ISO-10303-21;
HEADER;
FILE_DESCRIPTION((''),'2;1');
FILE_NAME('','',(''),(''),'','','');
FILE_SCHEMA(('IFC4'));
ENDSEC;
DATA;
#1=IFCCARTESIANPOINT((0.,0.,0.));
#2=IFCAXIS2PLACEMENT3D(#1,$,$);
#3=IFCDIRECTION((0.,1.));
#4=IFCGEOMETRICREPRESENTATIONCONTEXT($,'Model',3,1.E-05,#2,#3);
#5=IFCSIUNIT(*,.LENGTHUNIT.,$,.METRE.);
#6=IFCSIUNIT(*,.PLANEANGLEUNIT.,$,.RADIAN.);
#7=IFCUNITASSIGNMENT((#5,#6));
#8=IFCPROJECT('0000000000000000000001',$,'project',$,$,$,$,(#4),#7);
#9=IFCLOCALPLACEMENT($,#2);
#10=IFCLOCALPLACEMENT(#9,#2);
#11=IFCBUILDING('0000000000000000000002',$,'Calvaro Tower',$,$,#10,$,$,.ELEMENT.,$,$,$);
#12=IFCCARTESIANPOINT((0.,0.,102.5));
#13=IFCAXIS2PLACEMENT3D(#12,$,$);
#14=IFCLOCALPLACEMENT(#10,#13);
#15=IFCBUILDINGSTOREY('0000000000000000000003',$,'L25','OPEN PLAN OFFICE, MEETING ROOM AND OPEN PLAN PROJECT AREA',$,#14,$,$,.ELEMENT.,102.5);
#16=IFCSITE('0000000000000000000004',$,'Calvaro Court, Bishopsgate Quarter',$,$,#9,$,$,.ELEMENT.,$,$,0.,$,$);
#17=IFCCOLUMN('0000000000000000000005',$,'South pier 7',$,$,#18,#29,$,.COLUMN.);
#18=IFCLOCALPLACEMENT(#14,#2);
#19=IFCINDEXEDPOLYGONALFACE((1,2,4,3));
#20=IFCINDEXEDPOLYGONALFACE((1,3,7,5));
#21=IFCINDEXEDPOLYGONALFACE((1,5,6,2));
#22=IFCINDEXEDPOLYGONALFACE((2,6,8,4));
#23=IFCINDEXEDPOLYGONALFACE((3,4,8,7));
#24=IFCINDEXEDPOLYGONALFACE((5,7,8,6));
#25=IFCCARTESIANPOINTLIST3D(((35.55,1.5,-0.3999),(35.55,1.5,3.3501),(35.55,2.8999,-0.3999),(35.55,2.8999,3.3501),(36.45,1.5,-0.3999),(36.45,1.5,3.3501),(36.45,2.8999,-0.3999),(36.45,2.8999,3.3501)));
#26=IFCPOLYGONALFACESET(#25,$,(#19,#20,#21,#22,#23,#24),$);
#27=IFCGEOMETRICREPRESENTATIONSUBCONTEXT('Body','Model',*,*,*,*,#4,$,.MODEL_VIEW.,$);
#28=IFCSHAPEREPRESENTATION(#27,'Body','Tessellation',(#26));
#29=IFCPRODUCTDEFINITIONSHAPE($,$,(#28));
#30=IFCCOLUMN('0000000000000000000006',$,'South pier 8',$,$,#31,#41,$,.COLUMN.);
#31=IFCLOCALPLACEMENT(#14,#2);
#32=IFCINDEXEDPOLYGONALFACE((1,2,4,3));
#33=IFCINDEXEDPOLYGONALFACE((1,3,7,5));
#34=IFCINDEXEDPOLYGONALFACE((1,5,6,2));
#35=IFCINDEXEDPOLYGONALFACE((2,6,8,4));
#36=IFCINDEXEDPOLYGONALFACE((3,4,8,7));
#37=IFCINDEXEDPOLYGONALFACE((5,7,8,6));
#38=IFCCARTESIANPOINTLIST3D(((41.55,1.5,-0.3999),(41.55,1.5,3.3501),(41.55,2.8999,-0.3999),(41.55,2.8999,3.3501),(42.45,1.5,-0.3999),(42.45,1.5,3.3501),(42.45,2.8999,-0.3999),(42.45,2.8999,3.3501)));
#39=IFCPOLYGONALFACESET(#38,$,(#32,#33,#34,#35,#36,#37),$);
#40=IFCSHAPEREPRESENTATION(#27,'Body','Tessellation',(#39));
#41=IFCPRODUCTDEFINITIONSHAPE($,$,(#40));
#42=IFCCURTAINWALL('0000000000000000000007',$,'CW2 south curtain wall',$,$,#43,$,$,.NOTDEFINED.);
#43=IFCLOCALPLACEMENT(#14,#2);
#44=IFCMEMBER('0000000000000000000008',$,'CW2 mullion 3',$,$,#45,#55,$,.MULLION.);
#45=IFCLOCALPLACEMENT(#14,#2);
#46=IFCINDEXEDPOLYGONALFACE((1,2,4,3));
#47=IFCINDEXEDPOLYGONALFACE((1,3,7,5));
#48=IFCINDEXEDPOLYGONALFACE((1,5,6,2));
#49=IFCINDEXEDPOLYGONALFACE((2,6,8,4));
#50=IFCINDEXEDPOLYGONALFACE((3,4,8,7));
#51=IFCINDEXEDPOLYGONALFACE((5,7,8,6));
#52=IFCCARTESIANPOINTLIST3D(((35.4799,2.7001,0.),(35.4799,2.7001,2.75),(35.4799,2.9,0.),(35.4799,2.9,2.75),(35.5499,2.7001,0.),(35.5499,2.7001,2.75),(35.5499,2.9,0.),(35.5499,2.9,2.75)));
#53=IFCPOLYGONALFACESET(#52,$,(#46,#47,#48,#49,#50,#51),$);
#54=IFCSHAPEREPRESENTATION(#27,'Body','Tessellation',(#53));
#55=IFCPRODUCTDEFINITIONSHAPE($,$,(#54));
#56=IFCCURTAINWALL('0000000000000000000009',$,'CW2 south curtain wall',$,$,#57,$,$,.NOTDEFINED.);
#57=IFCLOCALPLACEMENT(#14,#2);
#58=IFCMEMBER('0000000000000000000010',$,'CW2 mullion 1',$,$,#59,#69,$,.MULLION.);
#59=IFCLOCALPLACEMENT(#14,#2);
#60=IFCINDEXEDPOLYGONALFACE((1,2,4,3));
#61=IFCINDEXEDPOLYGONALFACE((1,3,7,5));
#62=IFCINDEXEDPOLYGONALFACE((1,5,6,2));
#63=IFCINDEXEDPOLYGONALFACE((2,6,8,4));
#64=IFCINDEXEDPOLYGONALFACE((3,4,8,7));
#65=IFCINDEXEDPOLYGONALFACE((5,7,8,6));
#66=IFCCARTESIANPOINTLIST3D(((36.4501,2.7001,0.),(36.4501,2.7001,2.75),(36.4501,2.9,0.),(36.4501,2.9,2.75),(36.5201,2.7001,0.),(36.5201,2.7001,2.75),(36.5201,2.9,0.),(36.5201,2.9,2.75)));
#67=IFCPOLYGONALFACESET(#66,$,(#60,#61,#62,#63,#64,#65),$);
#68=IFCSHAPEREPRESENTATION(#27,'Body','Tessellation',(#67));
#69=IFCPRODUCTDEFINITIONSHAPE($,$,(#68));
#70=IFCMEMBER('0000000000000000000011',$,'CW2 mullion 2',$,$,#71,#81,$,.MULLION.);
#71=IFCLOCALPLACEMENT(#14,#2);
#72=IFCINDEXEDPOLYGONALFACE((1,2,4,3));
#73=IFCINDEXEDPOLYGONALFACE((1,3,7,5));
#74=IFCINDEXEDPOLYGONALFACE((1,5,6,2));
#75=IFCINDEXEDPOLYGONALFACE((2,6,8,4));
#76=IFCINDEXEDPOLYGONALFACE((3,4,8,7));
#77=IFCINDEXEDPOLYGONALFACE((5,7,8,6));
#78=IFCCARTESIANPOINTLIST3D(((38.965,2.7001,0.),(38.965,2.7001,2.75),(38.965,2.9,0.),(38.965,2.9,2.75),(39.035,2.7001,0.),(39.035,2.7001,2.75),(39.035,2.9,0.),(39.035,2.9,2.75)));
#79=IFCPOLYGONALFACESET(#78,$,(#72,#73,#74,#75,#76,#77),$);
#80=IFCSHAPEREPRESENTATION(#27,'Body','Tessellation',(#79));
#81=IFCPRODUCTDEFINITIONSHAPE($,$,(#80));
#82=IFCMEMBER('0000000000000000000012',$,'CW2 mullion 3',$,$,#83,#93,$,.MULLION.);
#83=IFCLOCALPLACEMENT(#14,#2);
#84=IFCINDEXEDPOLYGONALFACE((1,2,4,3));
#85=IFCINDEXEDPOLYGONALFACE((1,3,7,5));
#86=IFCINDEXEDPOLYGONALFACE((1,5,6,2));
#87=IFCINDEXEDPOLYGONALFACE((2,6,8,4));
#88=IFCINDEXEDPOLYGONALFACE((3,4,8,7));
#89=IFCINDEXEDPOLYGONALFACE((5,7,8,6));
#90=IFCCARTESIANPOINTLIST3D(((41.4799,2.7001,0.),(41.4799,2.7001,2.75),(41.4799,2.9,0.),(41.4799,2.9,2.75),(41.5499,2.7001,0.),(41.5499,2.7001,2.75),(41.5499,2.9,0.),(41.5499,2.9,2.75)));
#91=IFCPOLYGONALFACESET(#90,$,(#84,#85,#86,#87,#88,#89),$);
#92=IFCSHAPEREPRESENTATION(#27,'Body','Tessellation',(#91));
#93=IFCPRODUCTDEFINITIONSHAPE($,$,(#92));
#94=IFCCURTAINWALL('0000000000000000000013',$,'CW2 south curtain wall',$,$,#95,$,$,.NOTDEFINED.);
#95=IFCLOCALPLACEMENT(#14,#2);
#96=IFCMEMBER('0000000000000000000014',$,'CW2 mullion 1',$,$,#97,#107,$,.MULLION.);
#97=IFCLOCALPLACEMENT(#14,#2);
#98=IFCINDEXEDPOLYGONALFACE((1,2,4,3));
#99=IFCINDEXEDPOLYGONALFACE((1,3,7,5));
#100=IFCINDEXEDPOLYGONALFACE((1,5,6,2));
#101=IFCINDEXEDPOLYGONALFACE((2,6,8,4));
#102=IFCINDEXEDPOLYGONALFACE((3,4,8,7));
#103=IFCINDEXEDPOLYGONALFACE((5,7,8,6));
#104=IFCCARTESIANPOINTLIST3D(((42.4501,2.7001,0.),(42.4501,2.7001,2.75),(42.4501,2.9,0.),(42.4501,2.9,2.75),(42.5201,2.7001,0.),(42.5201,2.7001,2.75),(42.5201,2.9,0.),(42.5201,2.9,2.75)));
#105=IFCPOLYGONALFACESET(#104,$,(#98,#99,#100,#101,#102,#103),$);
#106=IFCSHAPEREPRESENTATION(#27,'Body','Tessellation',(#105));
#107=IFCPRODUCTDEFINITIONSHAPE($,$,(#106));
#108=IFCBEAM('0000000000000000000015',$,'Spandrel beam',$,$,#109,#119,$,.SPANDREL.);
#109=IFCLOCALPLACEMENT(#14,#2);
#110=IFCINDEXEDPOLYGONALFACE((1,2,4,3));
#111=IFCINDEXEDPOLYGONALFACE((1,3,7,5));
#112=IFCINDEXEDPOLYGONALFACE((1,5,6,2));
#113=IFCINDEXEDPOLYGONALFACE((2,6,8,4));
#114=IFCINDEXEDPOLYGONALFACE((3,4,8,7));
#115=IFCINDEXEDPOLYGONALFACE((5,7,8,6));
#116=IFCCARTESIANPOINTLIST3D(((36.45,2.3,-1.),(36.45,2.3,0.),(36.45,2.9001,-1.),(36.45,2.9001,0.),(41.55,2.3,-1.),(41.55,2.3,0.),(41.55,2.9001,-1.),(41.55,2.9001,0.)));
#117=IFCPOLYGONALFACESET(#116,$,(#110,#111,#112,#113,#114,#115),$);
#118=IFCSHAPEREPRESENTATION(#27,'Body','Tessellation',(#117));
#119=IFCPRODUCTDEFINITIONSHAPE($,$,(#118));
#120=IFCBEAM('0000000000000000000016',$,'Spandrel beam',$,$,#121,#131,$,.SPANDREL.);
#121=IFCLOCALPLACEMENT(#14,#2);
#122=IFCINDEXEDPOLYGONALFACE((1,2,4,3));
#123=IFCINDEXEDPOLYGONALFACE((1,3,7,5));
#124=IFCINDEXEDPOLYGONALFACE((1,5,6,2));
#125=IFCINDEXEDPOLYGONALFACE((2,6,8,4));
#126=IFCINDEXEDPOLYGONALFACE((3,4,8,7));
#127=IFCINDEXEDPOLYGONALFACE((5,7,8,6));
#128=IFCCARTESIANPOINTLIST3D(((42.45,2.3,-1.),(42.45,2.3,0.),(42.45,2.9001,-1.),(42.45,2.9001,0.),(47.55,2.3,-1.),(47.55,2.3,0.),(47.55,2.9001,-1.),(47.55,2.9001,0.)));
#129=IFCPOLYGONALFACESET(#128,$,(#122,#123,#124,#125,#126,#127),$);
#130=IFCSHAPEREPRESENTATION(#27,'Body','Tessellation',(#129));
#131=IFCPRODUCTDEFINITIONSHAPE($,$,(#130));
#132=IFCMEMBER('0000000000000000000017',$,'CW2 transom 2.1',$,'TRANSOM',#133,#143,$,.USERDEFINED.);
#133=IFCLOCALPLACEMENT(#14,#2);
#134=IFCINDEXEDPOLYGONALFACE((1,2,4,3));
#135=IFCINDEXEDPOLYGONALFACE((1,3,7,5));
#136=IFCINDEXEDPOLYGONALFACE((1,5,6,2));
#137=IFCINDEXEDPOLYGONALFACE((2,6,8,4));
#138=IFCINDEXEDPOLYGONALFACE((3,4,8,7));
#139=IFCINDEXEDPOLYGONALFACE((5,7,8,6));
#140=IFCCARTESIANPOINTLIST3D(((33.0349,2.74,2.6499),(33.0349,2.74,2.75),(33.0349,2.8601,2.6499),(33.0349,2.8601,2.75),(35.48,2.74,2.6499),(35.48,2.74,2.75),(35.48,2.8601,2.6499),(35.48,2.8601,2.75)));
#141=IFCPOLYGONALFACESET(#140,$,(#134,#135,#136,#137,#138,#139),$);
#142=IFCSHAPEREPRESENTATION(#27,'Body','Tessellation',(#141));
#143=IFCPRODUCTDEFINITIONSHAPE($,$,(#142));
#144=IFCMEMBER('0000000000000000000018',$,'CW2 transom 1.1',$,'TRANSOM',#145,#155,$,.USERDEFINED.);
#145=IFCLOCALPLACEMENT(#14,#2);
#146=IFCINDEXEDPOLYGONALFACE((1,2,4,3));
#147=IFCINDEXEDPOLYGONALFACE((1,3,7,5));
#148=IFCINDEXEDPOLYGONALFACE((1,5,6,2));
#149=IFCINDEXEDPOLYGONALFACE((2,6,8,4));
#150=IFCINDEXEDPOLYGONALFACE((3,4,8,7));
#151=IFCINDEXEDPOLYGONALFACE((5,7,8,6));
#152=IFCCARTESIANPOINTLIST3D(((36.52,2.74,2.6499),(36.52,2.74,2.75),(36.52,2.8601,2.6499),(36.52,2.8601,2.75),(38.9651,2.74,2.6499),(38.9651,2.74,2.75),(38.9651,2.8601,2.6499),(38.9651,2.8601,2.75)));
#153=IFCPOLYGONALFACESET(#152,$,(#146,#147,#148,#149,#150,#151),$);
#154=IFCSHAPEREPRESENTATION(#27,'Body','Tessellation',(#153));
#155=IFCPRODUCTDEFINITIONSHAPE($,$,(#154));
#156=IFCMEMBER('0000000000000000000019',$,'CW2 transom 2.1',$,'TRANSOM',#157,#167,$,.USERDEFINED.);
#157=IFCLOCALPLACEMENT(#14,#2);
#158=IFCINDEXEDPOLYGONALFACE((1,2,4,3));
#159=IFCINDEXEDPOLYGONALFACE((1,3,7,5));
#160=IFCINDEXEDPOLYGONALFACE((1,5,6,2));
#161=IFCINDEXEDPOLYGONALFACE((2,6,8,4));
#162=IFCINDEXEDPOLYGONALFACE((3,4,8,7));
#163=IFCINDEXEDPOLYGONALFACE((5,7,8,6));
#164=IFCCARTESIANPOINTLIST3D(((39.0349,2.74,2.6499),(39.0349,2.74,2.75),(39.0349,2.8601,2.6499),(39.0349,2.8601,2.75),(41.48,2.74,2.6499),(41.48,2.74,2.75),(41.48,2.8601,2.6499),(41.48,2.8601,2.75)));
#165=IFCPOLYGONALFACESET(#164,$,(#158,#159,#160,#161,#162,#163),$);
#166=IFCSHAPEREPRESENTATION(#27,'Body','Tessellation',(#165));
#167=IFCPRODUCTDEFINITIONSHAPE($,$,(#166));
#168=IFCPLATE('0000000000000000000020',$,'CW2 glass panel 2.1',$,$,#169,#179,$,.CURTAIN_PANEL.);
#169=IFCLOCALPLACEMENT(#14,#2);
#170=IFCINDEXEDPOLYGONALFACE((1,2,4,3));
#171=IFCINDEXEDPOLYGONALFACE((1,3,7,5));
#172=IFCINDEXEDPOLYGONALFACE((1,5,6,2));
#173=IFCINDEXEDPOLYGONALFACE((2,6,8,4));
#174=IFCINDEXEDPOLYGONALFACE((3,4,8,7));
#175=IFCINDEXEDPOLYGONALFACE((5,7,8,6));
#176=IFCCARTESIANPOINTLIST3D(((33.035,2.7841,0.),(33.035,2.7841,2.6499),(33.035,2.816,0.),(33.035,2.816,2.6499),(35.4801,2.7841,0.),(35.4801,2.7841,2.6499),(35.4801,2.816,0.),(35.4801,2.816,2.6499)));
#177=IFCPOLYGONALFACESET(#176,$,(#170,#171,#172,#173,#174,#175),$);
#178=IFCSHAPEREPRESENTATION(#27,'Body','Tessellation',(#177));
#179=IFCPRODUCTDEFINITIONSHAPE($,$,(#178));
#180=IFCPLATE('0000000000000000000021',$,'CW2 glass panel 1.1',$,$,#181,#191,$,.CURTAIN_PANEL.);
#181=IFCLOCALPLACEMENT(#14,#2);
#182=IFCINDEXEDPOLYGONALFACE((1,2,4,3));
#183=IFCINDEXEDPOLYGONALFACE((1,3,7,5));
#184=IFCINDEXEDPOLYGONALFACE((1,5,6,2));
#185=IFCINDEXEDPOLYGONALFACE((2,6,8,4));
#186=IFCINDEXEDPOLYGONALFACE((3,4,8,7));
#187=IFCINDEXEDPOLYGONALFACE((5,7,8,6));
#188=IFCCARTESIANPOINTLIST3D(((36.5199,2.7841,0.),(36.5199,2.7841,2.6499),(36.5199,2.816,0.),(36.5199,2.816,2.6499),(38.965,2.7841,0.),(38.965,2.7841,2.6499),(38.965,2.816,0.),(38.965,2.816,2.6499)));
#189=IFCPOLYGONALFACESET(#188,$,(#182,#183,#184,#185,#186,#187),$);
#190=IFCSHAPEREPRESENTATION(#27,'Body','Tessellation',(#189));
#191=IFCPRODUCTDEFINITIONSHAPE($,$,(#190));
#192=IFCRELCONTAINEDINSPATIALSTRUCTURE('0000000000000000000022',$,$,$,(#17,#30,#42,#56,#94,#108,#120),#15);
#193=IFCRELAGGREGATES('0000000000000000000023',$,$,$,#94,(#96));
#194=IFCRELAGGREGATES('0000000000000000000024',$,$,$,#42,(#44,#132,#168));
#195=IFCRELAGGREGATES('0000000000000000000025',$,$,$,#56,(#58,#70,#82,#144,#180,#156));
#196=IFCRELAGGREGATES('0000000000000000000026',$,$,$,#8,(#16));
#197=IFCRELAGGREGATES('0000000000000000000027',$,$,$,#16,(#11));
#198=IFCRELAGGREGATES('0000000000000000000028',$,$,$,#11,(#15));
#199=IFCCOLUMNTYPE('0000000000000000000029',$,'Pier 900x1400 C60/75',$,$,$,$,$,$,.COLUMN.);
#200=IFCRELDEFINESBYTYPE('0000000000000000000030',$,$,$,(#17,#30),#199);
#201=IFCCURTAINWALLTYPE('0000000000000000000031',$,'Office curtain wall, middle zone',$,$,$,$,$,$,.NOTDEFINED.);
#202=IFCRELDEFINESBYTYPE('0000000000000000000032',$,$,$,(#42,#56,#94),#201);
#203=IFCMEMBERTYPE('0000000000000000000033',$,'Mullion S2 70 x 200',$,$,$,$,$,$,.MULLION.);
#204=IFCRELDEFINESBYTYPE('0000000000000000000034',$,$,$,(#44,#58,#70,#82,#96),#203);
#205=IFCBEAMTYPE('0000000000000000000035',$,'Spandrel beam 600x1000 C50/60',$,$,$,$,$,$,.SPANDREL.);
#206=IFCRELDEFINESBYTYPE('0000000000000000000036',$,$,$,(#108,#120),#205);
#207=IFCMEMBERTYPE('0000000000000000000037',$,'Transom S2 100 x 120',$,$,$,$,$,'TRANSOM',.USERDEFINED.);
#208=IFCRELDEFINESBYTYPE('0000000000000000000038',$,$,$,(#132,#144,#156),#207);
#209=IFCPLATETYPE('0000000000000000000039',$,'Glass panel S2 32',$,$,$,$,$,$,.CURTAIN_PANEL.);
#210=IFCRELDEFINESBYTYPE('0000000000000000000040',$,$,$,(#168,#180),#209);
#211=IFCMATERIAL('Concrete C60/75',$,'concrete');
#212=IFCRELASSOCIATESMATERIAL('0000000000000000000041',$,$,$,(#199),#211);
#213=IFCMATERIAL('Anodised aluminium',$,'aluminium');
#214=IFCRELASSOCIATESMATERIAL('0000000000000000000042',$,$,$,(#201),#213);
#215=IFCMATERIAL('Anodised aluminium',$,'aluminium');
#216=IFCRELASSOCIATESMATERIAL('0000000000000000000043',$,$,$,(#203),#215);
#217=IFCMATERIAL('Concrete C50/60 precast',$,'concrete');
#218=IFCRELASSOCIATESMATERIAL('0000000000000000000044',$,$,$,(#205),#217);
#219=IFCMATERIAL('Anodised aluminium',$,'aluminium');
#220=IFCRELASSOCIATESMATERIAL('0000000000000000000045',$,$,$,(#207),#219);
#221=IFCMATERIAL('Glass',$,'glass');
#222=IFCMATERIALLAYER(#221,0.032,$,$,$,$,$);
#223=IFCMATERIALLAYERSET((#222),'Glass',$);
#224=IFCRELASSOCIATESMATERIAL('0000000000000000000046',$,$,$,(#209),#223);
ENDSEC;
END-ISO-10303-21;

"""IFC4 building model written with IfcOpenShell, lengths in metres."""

from ifc_helpers import new_model, si_unit, direction, frame, origin, origin_2d, place, context, subcontext, project, spatial, rectangle, extrude, material, layer, layer_set, material_profile, profile_set, type_object, element, aggregate, save


model = new_model("IFC4")

# Units and contexts
model_context = context("Model", 3, precision=1e-05, world=origin(), true_north=direction((0.0, 1.0)))
body_context = subcontext(model_context, "Body", "Model", "MODEL_VIEW")
ifc_project = project(units=[si_unit("LENGTHUNIT", "METRE"), si_unit("PLANEANGLEUNIT", "RADIAN")], contexts=[model_context])

# Site, building, storey
site_placement = place(None, origin())
site = spatial("IfcSite", under=ifc_project, at=site_placement, Name="Calvaro Court, Bishopsgate Quarter", CompositionType="ELEMENT", RefElevation=0.0)
building_placement = place(site_placement, origin())
building = spatial("IfcBuilding", under=site, at=building_placement, Name="Calvaro Tower", CompositionType="ELEMENT")
storey_placement = place(building_placement, frame((0.0, 0.0, 102.5)))
storey = spatial("IfcBuildingStorey", under=building, at=storey_placement, Name="L25", Description="OPEN PLAN OFFICE, MEETING ROOM AND OPEN PLAN PROJECT AREA", CompositionType="ELEMENT", Elevation=102.5)

# Columns
ifc_material_1 = material(Name="Concrete C60/75", Category="concrete")
ifc_material_profile_1 = material_profile(ifc_material_1, rectangle(XDim=0.8999, YDim=1.3999, at=origin_2d()), Name="RC 900x1400")
ifc_profile_set_1 = profile_set([ifc_material_profile_1], Name="Concrete C60/75")
column_type = type_object("IfcColumnType", Name="Pier 900x1400 C60/75", PredefinedType="COLUMN", material=ifc_profile_set_1)
for number, where, z_axis, x_axis, name in (
    (1, (36.0, 2.2, -0.3999), (0.0, 0.0, 1.0), (1.0, 0.0, 0.0), "South pier 7"),
    (2, (42.0, 2.2, -0.3999), (0.0, 0.0, 1.0), (1.0, 0.0, 0.0), "South pier 8"),
):
    element("IfcColumn", number, at=place(storey_placement, frame(where, z_axis=z_axis, x_axis=x_axis)), inside=storey, type_object=column_type, Name=name, PredefinedType="COLUMN", context=body_context, shape_type="SweptSolid", body=[
        extrude(rectangle(XDim=0.8999, YDim=1.3999, at=origin_2d()), origin(), (0.0, 0.0, 1.0), 3.75),
    ])

# Curtain wall, member
ifc_material_2 = material(Name="Anodised aluminium", Category="aluminium")
curtain_wall_type = type_object("IfcCurtainWallType", Name="Office curtain wall, middle zone", PredefinedType="NOTDEFINED", material=ifc_material_2)
curtain_wall_1_placement = place(storey_placement, origin())
curtain_wall_1 = element("IfcCurtainWall", 3, at=curtain_wall_1_placement, inside=storey, type_object=curtain_wall_type, Name="CW2 south curtain wall", PredefinedType="NOTDEFINED")
ifc_material_3 = material(Name="Anodised aluminium", Category="aluminium")
ifc_material_profile_2 = material_profile(ifc_material_3, rectangle(XDim=0.2, YDim=0.0701, at=origin_2d()), Name="Mullion S2 70 x 200")
ifc_profile_set_2 = profile_set([ifc_material_profile_2], Name="Anodised aluminium")
member_type_1 = type_object("IfcMemberType", Name="Mullion S2 70 x 200", PredefinedType="MULLION", material=ifc_profile_set_2)
member_1_placement = place(storey_placement, frame((35.5149, 2.8, 0.0), z_axis=(0.0, 0.0, 1.0), x_axis=(0.0, 1.0, 0.0)))
member_1 = element("IfcMember", 4, at=member_1_placement, type_object=member_type_1, Name="CW2 mullion 3", PredefinedType="MULLION", context=body_context, shape_type="SweptSolid", body=[
    extrude(rectangle(XDim=0.2, YDim=0.0701, at=origin_2d()), origin(), (0.0, 0.0, 1.0), 2.75),
])

# Curtain wall, members
curtain_wall_2_placement = place(storey_placement, origin())
curtain_wall_2 = element("IfcCurtainWall", 5, at=curtain_wall_2_placement, inside=storey, type_object=curtain_wall_type, Name="CW2 south curtain wall", PredefinedType="NOTDEFINED")
member_2_placement = place(storey_placement, frame((36.4851, 2.8, 0.0), z_axis=(0.0, 0.0, 1.0), x_axis=(0.0, 1.0, 0.0)))
member_2 = element("IfcMember", 6, at=member_2_placement, type_object=member_type_1, Name="CW2 mullion 1", PredefinedType="MULLION", context=body_context, shape_type="SweptSolid", body=[
    extrude(rectangle(XDim=0.2, YDim=0.0701, at=origin_2d()), origin(), (0.0, 0.0, 1.0), 2.75),
])
member_3_placement = place(storey_placement, frame((39.0, 2.8, 0.0), z_axis=(0.0, 0.0, 1.0), x_axis=(0.0, 1.0, 0.0)))
member_3 = element("IfcMember", 7, at=member_3_placement, type_object=member_type_1, Name="CW2 mullion 2", PredefinedType="MULLION", context=body_context, shape_type="SweptSolid", body=[
    extrude(rectangle(XDim=0.2, YDim=0.0701, at=origin_2d()), origin(), (0.0, 0.0, 1.0), 2.75),
])
member_4_placement = place(storey_placement, frame((41.5149, 2.8, 0.0), z_axis=(0.0, 0.0, 1.0), x_axis=(0.0, 1.0, 0.0)))
member_4 = element("IfcMember", 8, at=member_4_placement, type_object=member_type_1, Name="CW2 mullion 3", PredefinedType="MULLION", context=body_context, shape_type="SweptSolid", body=[
    extrude(rectangle(XDim=0.2, YDim=0.0701, at=origin_2d()), origin(), (0.0, 0.0, 1.0), 2.75),
])

# Curtain wall, member
curtain_wall_3_placement = place(storey_placement, origin())
curtain_wall_3 = element("IfcCurtainWall", 9, at=curtain_wall_3_placement, inside=storey, type_object=curtain_wall_type, Name="CW2 south curtain wall", PredefinedType="NOTDEFINED")
member_5_placement = place(storey_placement, frame((42.4851, 2.8, 0.0), z_axis=(0.0, 0.0, 1.0), x_axis=(0.0, 1.0, 0.0)))
member_5 = element("IfcMember", 10, at=member_5_placement, type_object=member_type_1, Name="CW2 mullion 1", PredefinedType="MULLION", context=body_context, shape_type="SweptSolid", body=[
    extrude(rectangle(XDim=0.2, YDim=0.0701, at=origin_2d()), origin(), (0.0, 0.0, 1.0), 2.75),
])
aggregate(curtain_wall_3, [member_5])

# Beams
ifc_material_4 = material(Name="Concrete C50/60 precast", Category="concrete")
ifc_material_profile_3 = material_profile(ifc_material_4, rectangle(XDim=0.6001, YDim=1.0, at=origin_2d()), Name="RC 600x1000")
ifc_profile_set_3 = profile_set([ifc_material_profile_3], Name="Concrete C50/60 precast")
beam_type = type_object("IfcBeamType", Name="Spandrel beam 600x1000 C50/60", PredefinedType="SPANDREL", material=ifc_profile_set_3)
for number, where, z_axis, x_axis, name in (
    (11, (36.45, 2.6001, -0.5), (1.0, 0.0, 0.0), (0.0, 1.0, 0.0), "Spandrel beam"),
    (12, (42.45, 2.6001, -0.5), (1.0, 0.0, 0.0), (0.0, 1.0, 0.0), "Spandrel beam"),
):
    element("IfcBeam", number, at=place(storey_placement, frame(where, z_axis=z_axis, x_axis=x_axis)), inside=storey, type_object=beam_type, Name=name, PredefinedType="SPANDREL", context=body_context, shape_type="SweptSolid", body=[
        extrude(rectangle(XDim=0.6001, YDim=1.0, at=origin_2d()), origin(), (0.0, 0.0, 1.0), 5.1001),
    ])

# Members
ifc_material_5 = material(Name="Anodised aluminium", Category="aluminium")
ifc_material_profile_4 = material_profile(ifc_material_5, rectangle(XDim=0.1201, YDim=0.1001, at=origin_2d()), Name="Transom S2 100 x 120")
ifc_profile_set_4 = profile_set([ifc_material_profile_4], Name="Anodised aluminium")
member_type_2 = type_object("IfcMemberType", Name="Transom S2 100 x 120", ElementType="TRANSOM", PredefinedType="USERDEFINED", material=ifc_profile_set_4)
member_6_placement = place(storey_placement, frame((33.0349, 2.8, 2.7), z_axis=(1.0, 0.0, 0.0), x_axis=(0.0, 1.0, 0.0)))
member_6 = element("IfcMember", 13, at=member_6_placement, type_object=member_type_2, Name="CW2 transom 2.1", ObjectType="TRANSOM", PredefinedType="USERDEFINED", context=body_context, shape_type="SweptSolid", body=[
    extrude(rectangle(XDim=0.1201, YDim=0.1001, at=origin_2d()), origin(), (0.0, 0.0, 1.0), 2.4451),
])
member_7_placement = place(storey_placement, frame((36.52, 2.8, 2.7), z_axis=(1.0, 0.0, 0.0), x_axis=(0.0, 1.0, 0.0)))
member_7 = element("IfcMember", 14, at=member_7_placement, type_object=member_type_2, Name="CW2 transom 1.1", ObjectType="TRANSOM", PredefinedType="USERDEFINED", context=body_context, shape_type="SweptSolid", body=[
    extrude(rectangle(XDim=0.1201, YDim=0.1001, at=origin_2d()), origin(), (0.0, 0.0, 1.0), 2.4451),
])
member_8_placement = place(storey_placement, frame((39.0349, 2.8, 2.7), z_axis=(1.0, 0.0, 0.0), x_axis=(0.0, 1.0, 0.0)))
member_8 = element("IfcMember", 15, at=member_8_placement, type_object=member_type_2, Name="CW2 transom 2.1", ObjectType="TRANSOM", PredefinedType="USERDEFINED", context=body_context, shape_type="SweptSolid", body=[
    extrude(rectangle(XDim=0.1201, YDim=0.1001, at=origin_2d()), origin(), (0.0, 0.0, 1.0), 2.4451),
])

# Plates
ifc_material_6 = material(Name="Glass", Category="glass")
ifc_layer = layer(ifc_material_6, 0.032)
ifc_layer_set = layer_set([ifc_layer], Name="Glass")
plate_type = type_object("IfcPlateType", Name="Glass panel S2 32", PredefinedType="CURTAIN_PANEL", material=ifc_layer_set)
plate_1_placement = place(storey_placement, frame((34.2576, 2.8, 0.0), z_axis=(0.0, 0.0, 1.0), x_axis=(1.0, 0.0, 0.0)))
plate_1 = element("IfcPlate", 16, at=plate_1_placement, type_object=plate_type, Name="CW2 glass panel 2.1", PredefinedType="CURTAIN_PANEL", context=body_context, shape_type="SweptSolid", body=[
    extrude(rectangle(XDim=2.4451, YDim=0.032, at=origin_2d()), origin(), (0.0, 0.0, 1.0), 2.6499),
])
aggregate(curtain_wall_1, [member_1, member_6, plate_1])
plate_2_placement = place(storey_placement, frame((37.7424, 2.8, 0.0), z_axis=(0.0, 0.0, 1.0), x_axis=(1.0, 0.0, 0.0)))
plate_2 = element("IfcPlate", 17, at=plate_2_placement, type_object=plate_type, Name="CW2 glass panel 1.1", PredefinedType="CURTAIN_PANEL", context=body_context, shape_type="SweptSolid", body=[
    extrude(rectangle(XDim=2.4451, YDim=0.032, at=origin_2d()), origin(), (0.0, 0.0, 1.0), 2.6499),
])
aggregate(curtain_wall_2, [member_2, member_3, member_4, member_7, plate_2, member_8])

save(model, "model.ifc")
